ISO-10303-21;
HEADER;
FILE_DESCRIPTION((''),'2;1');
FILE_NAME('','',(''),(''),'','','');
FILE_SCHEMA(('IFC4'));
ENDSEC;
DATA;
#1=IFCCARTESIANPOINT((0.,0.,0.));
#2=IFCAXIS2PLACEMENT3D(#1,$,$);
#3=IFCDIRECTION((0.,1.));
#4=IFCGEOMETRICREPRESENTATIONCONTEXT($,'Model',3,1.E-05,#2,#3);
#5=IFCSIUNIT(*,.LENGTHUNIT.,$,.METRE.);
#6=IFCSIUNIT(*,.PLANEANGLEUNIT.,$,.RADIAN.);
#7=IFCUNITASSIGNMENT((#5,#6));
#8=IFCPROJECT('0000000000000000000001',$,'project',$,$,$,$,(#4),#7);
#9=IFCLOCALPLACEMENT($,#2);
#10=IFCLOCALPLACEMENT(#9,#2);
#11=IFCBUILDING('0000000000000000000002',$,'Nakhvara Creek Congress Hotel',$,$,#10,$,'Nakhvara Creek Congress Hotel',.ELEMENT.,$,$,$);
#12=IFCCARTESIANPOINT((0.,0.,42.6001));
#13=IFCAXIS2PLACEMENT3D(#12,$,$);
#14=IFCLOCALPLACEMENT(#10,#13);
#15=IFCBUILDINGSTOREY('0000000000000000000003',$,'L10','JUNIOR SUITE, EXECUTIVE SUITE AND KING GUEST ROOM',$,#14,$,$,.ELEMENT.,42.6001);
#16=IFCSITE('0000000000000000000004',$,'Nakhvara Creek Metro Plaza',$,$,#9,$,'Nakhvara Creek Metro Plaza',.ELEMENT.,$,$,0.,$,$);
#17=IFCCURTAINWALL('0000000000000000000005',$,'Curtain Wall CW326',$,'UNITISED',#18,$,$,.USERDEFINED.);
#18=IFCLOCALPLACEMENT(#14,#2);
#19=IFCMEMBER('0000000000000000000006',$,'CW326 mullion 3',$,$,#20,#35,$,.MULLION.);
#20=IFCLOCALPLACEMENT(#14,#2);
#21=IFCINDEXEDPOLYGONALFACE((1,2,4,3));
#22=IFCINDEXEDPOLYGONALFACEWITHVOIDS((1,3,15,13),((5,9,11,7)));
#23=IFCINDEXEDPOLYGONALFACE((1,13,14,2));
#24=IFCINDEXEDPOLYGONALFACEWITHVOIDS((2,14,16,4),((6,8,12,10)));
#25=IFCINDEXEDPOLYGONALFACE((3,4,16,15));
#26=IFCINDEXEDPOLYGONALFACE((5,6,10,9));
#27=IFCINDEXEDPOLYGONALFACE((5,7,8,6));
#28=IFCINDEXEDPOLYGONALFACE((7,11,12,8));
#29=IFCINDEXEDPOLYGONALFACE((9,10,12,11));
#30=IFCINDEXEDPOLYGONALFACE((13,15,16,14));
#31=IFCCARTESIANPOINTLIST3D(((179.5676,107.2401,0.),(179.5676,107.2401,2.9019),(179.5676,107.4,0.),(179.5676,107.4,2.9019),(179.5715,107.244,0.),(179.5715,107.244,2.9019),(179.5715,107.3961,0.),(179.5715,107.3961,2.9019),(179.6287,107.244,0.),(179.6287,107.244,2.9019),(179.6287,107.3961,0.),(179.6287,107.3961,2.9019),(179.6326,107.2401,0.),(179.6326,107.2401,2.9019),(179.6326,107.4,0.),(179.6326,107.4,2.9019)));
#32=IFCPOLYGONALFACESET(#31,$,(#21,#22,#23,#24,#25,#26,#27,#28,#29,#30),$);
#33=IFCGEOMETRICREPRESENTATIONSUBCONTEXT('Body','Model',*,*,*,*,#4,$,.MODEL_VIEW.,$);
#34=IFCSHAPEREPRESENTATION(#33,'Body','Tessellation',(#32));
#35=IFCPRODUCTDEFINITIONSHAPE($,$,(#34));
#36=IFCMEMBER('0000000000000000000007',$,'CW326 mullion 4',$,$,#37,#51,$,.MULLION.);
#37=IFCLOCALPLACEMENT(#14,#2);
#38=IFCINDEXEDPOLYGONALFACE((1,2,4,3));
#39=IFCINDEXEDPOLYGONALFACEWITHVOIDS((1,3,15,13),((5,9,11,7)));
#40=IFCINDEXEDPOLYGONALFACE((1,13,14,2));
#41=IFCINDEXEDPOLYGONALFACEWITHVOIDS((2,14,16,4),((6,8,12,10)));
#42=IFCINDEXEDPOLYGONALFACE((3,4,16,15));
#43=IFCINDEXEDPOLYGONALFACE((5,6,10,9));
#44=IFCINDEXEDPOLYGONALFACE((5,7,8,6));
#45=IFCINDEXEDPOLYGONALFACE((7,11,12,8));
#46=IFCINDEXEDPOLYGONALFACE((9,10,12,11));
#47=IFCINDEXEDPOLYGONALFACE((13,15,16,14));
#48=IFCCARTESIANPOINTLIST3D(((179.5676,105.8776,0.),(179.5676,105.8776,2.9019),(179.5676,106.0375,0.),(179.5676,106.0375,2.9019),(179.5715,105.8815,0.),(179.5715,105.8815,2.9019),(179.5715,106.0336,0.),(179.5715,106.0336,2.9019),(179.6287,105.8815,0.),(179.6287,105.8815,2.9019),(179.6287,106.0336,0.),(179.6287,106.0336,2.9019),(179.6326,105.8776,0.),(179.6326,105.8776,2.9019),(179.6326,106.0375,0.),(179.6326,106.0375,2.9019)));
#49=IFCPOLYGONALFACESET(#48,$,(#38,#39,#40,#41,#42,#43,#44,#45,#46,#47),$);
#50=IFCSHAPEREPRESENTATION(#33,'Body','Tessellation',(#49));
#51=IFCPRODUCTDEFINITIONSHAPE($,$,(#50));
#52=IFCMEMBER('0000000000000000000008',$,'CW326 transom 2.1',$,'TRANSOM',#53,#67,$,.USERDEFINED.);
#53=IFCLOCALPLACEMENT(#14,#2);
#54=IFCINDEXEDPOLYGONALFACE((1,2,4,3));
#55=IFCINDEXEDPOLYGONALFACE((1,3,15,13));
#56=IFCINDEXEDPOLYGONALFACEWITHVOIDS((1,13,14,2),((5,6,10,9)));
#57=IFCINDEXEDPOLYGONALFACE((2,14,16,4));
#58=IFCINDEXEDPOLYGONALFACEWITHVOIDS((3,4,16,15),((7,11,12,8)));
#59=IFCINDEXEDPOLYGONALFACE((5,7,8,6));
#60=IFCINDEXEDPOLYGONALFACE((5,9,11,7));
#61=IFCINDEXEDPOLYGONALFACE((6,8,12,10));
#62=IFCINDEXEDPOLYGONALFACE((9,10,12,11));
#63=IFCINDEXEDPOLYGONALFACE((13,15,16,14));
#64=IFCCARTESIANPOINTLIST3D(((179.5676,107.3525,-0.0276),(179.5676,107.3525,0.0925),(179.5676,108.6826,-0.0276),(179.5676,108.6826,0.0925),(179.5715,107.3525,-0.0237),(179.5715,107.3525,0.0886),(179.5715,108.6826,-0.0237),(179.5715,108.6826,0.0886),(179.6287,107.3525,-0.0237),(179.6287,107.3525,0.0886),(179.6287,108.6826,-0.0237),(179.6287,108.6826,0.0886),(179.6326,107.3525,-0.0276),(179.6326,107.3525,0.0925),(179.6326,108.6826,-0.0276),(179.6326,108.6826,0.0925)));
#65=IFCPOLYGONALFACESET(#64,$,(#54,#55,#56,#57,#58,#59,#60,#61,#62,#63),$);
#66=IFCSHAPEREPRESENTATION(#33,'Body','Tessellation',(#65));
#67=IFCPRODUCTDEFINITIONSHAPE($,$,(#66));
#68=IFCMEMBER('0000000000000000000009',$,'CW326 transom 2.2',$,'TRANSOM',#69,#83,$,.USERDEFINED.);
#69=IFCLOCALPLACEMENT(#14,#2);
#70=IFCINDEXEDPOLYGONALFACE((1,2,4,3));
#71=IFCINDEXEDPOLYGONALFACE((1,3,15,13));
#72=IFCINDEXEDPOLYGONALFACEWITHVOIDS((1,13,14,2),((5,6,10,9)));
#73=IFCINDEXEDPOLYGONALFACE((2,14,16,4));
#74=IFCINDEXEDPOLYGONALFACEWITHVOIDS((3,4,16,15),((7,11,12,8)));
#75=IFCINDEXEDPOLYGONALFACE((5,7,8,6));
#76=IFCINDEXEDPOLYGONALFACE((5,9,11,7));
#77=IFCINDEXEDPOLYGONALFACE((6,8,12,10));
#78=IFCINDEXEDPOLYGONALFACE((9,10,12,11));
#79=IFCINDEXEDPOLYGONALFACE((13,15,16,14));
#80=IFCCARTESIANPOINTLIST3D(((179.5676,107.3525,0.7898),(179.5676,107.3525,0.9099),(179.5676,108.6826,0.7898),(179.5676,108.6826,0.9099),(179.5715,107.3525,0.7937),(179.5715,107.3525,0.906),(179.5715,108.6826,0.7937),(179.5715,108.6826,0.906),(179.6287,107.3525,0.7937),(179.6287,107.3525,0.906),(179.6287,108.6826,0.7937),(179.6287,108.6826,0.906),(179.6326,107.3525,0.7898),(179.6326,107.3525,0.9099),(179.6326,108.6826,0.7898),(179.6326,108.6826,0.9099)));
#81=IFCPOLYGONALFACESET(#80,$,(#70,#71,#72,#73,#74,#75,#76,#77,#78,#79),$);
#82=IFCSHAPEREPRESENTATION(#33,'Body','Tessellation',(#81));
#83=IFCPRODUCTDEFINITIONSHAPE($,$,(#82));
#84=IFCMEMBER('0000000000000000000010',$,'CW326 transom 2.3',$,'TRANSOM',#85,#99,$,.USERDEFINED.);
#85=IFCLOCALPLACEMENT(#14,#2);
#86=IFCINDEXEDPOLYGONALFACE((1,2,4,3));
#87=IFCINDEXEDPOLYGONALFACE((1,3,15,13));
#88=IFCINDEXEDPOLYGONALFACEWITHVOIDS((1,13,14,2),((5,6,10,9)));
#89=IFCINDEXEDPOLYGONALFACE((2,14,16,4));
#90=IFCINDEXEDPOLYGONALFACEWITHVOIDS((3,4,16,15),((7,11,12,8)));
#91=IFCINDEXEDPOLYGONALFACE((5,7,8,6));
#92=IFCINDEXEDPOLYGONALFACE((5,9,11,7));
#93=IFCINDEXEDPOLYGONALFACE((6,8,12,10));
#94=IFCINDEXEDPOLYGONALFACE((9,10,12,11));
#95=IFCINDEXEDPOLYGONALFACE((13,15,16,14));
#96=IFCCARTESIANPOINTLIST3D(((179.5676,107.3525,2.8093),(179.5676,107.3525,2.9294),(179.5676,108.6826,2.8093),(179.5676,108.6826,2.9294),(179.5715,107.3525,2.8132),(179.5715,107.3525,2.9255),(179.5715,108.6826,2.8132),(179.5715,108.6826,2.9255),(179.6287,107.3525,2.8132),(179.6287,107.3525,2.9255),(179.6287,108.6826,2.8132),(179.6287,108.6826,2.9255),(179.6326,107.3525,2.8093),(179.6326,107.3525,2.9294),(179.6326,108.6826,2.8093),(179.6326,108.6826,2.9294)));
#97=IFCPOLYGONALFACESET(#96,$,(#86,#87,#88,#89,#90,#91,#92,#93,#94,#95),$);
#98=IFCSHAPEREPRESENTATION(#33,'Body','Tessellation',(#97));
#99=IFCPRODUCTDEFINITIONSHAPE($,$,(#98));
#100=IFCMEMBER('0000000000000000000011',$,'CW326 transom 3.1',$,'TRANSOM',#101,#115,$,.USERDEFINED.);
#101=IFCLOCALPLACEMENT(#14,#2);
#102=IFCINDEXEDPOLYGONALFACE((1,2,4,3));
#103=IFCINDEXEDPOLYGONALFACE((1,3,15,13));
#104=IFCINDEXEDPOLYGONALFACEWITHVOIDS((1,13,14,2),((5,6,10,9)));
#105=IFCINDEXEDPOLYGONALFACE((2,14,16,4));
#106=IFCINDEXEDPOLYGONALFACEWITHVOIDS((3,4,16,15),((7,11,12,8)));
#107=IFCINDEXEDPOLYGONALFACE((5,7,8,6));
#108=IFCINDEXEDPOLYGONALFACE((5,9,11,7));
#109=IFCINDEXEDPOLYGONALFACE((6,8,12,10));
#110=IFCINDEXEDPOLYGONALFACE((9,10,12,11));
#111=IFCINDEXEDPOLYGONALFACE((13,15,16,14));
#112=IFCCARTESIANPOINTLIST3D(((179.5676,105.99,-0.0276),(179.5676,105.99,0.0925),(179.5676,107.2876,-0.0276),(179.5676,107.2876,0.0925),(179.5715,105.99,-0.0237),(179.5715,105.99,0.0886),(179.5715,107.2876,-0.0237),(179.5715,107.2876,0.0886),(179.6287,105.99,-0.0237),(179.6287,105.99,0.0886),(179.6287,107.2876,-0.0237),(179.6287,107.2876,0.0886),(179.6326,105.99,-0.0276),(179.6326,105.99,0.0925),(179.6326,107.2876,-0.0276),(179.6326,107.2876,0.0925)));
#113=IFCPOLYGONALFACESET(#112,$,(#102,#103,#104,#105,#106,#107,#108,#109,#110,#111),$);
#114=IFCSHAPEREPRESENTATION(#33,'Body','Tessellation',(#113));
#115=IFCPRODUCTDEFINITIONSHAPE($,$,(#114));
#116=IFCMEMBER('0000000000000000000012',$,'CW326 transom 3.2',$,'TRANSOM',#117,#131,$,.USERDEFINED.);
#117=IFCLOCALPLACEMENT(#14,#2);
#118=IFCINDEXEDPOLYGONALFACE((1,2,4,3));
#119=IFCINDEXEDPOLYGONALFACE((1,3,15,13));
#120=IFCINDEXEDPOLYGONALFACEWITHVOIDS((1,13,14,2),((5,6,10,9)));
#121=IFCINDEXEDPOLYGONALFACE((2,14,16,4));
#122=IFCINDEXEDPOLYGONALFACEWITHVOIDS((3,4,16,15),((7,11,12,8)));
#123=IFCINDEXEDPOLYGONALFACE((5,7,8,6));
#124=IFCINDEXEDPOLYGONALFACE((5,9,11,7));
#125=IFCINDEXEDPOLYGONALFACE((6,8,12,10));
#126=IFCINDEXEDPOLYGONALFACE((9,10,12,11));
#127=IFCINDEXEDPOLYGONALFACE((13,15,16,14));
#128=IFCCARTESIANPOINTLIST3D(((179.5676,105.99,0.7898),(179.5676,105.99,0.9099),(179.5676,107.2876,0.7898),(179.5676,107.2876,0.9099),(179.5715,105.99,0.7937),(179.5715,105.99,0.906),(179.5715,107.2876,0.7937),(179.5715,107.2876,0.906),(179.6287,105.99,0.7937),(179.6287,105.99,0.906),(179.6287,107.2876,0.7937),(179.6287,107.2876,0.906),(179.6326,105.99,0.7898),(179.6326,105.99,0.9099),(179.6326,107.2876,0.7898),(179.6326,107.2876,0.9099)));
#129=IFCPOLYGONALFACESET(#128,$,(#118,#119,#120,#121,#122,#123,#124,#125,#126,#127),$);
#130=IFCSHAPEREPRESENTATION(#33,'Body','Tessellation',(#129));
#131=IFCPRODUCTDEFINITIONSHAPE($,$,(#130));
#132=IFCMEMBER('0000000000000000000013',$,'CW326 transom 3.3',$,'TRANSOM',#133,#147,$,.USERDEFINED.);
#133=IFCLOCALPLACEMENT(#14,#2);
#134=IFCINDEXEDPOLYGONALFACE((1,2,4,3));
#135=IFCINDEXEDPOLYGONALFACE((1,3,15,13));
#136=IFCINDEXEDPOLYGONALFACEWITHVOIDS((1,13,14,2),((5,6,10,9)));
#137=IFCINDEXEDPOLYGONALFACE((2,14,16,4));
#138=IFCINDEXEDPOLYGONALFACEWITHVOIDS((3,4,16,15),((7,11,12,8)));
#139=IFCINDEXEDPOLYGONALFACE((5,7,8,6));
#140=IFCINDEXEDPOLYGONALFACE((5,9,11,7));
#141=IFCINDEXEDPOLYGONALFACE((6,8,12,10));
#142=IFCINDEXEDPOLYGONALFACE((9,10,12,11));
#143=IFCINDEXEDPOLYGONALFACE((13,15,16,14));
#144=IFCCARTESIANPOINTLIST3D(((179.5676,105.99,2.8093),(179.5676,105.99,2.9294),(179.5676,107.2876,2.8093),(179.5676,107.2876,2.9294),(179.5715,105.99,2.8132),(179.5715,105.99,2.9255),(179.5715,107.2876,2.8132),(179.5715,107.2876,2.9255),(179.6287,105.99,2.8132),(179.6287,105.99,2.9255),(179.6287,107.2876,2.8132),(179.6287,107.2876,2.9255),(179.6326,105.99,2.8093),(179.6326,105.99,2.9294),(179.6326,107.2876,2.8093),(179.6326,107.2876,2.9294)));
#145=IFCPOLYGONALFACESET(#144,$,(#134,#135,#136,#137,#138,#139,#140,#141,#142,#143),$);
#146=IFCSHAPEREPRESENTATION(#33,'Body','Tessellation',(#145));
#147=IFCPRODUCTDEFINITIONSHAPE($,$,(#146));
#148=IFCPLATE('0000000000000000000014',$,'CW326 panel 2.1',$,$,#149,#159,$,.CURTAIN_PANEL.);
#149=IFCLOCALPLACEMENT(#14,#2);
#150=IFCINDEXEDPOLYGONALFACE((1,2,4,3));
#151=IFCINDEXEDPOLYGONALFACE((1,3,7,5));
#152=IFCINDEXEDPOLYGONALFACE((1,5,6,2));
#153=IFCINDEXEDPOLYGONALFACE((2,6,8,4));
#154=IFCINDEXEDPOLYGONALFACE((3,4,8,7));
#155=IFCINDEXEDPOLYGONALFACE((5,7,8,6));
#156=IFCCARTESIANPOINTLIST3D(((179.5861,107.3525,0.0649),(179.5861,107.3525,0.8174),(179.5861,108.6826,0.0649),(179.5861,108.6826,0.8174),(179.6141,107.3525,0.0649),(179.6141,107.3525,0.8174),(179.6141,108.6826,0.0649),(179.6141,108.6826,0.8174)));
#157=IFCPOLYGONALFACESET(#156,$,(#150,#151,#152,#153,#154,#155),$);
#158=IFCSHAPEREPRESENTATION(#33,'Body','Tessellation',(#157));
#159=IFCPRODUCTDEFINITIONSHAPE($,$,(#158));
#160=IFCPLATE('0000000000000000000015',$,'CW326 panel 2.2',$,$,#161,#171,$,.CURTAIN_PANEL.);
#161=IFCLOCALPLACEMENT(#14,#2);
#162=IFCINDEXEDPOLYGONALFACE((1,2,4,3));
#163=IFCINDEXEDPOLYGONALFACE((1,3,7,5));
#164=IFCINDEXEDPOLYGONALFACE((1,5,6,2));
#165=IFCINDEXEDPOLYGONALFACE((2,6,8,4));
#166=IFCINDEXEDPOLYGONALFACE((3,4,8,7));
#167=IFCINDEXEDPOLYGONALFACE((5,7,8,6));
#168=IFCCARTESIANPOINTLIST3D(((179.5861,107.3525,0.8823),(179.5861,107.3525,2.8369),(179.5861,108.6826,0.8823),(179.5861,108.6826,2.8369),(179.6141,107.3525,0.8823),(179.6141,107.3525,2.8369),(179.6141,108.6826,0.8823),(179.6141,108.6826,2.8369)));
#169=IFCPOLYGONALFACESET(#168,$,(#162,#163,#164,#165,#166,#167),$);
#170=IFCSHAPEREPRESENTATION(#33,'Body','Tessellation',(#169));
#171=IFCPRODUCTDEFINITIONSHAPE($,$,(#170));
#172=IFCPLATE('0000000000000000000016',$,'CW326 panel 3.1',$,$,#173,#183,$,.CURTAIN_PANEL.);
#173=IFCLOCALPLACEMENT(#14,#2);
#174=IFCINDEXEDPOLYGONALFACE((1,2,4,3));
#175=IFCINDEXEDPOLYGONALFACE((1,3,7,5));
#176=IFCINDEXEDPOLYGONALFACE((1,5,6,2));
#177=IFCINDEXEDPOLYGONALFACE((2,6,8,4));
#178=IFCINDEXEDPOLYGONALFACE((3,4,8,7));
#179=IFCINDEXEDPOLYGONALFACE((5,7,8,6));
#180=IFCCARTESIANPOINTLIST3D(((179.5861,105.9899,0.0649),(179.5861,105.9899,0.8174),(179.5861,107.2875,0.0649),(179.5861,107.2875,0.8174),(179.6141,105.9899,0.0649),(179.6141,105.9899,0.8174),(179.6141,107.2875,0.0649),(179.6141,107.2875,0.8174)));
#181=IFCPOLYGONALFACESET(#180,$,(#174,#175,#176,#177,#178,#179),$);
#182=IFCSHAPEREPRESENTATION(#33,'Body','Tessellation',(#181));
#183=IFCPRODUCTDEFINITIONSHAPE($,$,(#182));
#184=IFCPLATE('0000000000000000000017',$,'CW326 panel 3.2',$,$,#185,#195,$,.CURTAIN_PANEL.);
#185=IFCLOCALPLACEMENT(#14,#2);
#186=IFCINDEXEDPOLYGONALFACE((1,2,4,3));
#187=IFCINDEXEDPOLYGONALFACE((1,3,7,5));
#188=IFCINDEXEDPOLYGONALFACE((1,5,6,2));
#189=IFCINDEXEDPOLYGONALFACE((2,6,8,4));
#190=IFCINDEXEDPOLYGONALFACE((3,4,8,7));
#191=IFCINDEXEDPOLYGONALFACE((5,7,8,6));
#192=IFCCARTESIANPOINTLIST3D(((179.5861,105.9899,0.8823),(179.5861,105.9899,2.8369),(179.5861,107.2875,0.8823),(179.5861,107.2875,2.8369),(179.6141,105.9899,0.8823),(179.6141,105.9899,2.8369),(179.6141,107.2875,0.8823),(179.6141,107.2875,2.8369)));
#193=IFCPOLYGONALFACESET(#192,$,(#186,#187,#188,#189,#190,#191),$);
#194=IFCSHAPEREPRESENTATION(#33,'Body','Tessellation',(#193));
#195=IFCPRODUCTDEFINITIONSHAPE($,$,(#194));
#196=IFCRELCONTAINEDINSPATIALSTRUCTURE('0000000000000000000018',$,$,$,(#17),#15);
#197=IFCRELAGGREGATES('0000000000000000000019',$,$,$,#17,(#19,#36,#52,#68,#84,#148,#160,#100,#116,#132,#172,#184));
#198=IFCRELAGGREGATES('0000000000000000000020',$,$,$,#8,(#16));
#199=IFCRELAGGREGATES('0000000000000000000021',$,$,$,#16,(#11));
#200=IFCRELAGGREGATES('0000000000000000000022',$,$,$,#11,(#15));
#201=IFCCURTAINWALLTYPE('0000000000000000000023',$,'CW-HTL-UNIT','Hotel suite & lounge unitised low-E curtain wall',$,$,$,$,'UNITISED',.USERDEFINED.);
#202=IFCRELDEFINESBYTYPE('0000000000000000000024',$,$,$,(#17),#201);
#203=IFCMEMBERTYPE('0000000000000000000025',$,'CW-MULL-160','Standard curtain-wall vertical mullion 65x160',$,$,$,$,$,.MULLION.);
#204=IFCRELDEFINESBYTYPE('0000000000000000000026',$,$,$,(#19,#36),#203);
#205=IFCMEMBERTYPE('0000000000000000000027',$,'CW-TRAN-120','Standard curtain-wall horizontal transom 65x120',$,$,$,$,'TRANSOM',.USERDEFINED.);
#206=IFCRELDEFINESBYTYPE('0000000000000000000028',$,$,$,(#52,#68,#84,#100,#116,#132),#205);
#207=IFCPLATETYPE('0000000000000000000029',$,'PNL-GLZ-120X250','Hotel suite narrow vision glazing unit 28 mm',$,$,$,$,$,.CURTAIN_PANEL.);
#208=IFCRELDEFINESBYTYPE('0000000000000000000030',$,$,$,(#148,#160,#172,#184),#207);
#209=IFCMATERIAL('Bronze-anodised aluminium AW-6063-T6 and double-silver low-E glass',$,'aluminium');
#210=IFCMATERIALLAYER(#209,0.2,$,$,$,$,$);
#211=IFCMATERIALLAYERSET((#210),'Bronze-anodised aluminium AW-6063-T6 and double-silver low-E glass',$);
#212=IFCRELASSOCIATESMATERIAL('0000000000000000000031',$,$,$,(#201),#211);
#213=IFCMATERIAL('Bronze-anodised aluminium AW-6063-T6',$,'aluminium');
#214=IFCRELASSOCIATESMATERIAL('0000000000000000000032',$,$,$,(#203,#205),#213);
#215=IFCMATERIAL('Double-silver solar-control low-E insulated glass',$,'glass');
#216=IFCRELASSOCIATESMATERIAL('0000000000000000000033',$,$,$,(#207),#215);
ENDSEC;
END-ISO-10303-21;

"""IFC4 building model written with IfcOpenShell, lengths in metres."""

from ifc_helpers import new_model, si_unit, direction, frame, origin, origin_2d, place, context, subcontext, project, spatial, rectangle, hollow_rectangle, extrude, material, layer, layer_set, material_profile, profile_set, type_object, element, aggregate, save


model = new_model("IFC4")

# Units and contexts
model_context = context("Model", 3, precision=1e-05, world=origin(), true_north=direction((0.0, 1.0)))
body_context = subcontext(model_context, "Body", "Model", "MODEL_VIEW")
ifc_project = project(units=[si_unit("LENGTHUNIT", "METRE"), si_unit("PLANEANGLEUNIT", "RADIAN")], contexts=[model_context])

# Site, building, storey
site_placement = place(None, origin())
site = spatial("IfcSite", under=ifc_project, at=site_placement, Name="Nakhvara Creek Metro Plaza", LongName="Nakhvara Creek Metro Plaza", CompositionType="ELEMENT", RefElevation=0.0)
building_placement = place(site_placement, origin())
building = spatial("IfcBuilding", under=site, at=building_placement, Name="Nakhvara Creek Congress Hotel", LongName="Nakhvara Creek Congress Hotel", CompositionType="ELEMENT")
storey_placement = place(building_placement, frame((0.0, 0.0, 42.6001)))
storey = spatial("IfcBuildingStorey", under=building, at=storey_placement, Name="L10", Description="JUNIOR SUITE, EXECUTIVE SUITE AND KING GUEST ROOM", CompositionType="ELEMENT", Elevation=42.6001)

# Curtain wall, members, plates
ifc_material_1 = material(Name="Bronze-anodised aluminium AW-6063-T6 and double-silver low-E glass", Category="aluminium")
ifc_layer_1 = layer(ifc_material_1, 0.2)
ifc_layer_set_1 = layer_set([ifc_layer_1], Name="Bronze-anodised aluminium AW-6063-T6 and double-silver low-E glass")
curtain_wall_type = type_object("IfcCurtainWallType", Name="CW-HTL-UNIT", Description="Hotel suite & lounge unitised low-E curtain wall", ElementType="UNITISED", PredefinedType="USERDEFINED", material=ifc_layer_set_1)
curtain_wall_placement = place(storey_placement, origin())
curtain_wall = element("IfcCurtainWall", 1, at=curtain_wall_placement, inside=storey, type_object=curtain_wall_type, Name="Curtain Wall CW326", ObjectType="UNITISED", PredefinedType="USERDEFINED")
ifc_material_2 = material(Name="Bronze-anodised aluminium AW-6063-T6", Category="aluminium")
ifc_material_profile_1 = material_profile(ifc_material_2, hollow_rectangle(XDim=0.0649, YDim=0.1599, WallThickness=0.0039, at=origin_2d()), Name="ALU-MULL 65x160x4", Category="LoadBearing")
ifc_profile_set_1 = profile_set([ifc_material_profile_1], Name="Bronze-anodised aluminium AW-6063-T6")
member_type_1 = type_object("IfcMemberType", Name="CW-MULL-160", Description="Standard curtain-wall vertical mullion 65x160", PredefinedType="MULLION", material=ifc_profile_set_1)
member_1_placement = place(storey_placement, frame((179.6001, 107.3201, 0.0), z_axis=(0.0, 0.0, 1.0), x_axis=(1.0, 0.0, 0.0)))
member_1 = element("IfcMember", 2, at=member_1_placement, type_object=member_type_1, Name="CW326 mullion 3", PredefinedType="MULLION", context=body_context, shape_type="SweptSolid", body=[
    extrude(hollow_rectangle(XDim=0.0649, YDim=0.1599, WallThickness=0.0039, at=origin_2d()), origin(), (0.0, 0.0, 1.0), 2.9019),
])
member_2_placement = place(storey_placement, frame((179.6001, 105.9575, 0.0), z_axis=(0.0, 0.0, 1.0), x_axis=(1.0, 0.0, 0.0)))
member_2 = element("IfcMember", 3, at=member_2_placement, type_object=member_type_1, Name="CW326 mullion 4", PredefinedType="MULLION", context=body_context, shape_type="SweptSolid", body=[
    extrude(hollow_rectangle(XDim=0.0649, YDim=0.1599, WallThickness=0.0039, at=origin_2d()), origin(), (0.0, 0.0, 1.0), 2.9019),
])
ifc_material_profile_2 = material_profile(ifc_material_2, hollow_rectangle(XDim=0.0649, YDim=0.1201, WallThickness=0.0039, at=origin_2d()), Name="ALU-TRAN 65x120x4", Category="LoadBearing")
ifc_profile_set_2 = profile_set([ifc_material_profile_2], Name="Bronze-anodised aluminium AW-6063-T6")
member_type_2 = type_object("IfcMemberType", Name="CW-TRAN-120", Description="Standard curtain-wall horizontal transom 65x120", ElementType="TRANSOM", PredefinedType="USERDEFINED", material=ifc_profile_set_2)
member_3_placement = place(storey_placement, frame((179.6001, 108.6826, 0.0325), z_axis=(0.0, -1.0, 0.0), x_axis=(1.0, 0.0, 0.0)))
member_3 = element("IfcMember", 4, at=member_3_placement, type_object=member_type_2, Name="CW326 transom 2.1", ObjectType="TRANSOM", PredefinedType="USERDEFINED", context=body_context, shape_type="SweptSolid", body=[
    extrude(hollow_rectangle(XDim=0.0649, YDim=0.1201, WallThickness=0.0039, at=origin_2d()), origin(), (0.0, 0.0, 1.0), 1.3301),
])
member_4_placement = place(storey_placement, frame((179.6001, 108.6826, 0.8499), z_axis=(0.0, -1.0, 0.0), x_axis=(1.0, 0.0, 0.0)))
member_4 = element("IfcMember", 5, at=member_4_placement, type_object=member_type_2, Name="CW326 transom 2.2", ObjectType="TRANSOM", PredefinedType="USERDEFINED", context=body_context, shape_type="SweptSolid", body=[
    extrude(hollow_rectangle(XDim=0.0649, YDim=0.1201, WallThickness=0.0039, at=origin_2d()), origin(), (0.0, 0.0, 1.0), 1.3301),
])
member_5_placement = place(storey_placement, frame((179.6001, 108.6826, 2.8694), z_axis=(0.0, -1.0, 0.0), x_axis=(1.0, 0.0, 0.0)))
member_5 = element("IfcMember", 6, at=member_5_placement, type_object=member_type_2, Name="CW326 transom 2.3", ObjectType="TRANSOM", PredefinedType="USERDEFINED", context=body_context, shape_type="SweptSolid", body=[
    extrude(hollow_rectangle(XDim=0.0649, YDim=0.1201, WallThickness=0.0039, at=origin_2d()), origin(), (0.0, 0.0, 1.0), 1.3301),
])
member_6_placement = place(storey_placement, frame((179.6001, 107.2876, 0.0325), z_axis=(0.0, -1.0, 0.0), x_axis=(1.0, 0.0, 0.0)))
member_6 = element("IfcMember", 7, at=member_6_placement, type_object=member_type_2, Name="CW326 transom 3.1", ObjectType="TRANSOM", PredefinedType="USERDEFINED", context=body_context, shape_type="SweptSolid", body=[
    extrude(hollow_rectangle(XDim=0.0649, YDim=0.1201, WallThickness=0.0039, at=origin_2d()), origin(), (0.0, 0.0, 1.0), 1.2976),
])
member_7_placement = place(storey_placement, frame((179.6001, 107.2876, 0.8499), z_axis=(0.0, -1.0, 0.0), x_axis=(1.0, 0.0, 0.0)))
member_7 = element("IfcMember", 8, at=member_7_placement, type_object=member_type_2, Name="CW326 transom 3.2", ObjectType="TRANSOM", PredefinedType="USERDEFINED", context=body_context, shape_type="SweptSolid", body=[
    extrude(hollow_rectangle(XDim=0.0649, YDim=0.1201, WallThickness=0.0039, at=origin_2d()), origin(), (0.0, 0.0, 1.0), 1.2976),
])
member_8_placement = place(storey_placement, frame((179.6001, 107.2876, 2.8694), z_axis=(0.0, -1.0, 0.0), x_axis=(1.0, 0.0, 0.0)))
member_8 = element("IfcMember", 9, at=member_8_placement, type_object=member_type_2, Name="CW326 transom 3.3", ObjectType="TRANSOM", PredefinedType="USERDEFINED", context=body_context, shape_type="SweptSolid", body=[
    extrude(hollow_rectangle(XDim=0.0649, YDim=0.1201, WallThickness=0.0039, at=origin_2d()), origin(), (0.0, 0.0, 1.0), 1.2976),
])
ifc_material_3 = material(Name="Double-silver solar-control low-E insulated glass", Category="glass")
plate_type = type_object("IfcPlateType", Name="PNL-GLZ-120X250", Description="Hotel suite narrow vision glazing unit 28 mm", PredefinedType="CURTAIN_PANEL", material=ifc_material_3)
plate_1_placement = place(storey_placement, frame((179.6001, 108.0176, 0.0649), z_axis=(0.0, 0.0, 1.0), x_axis=(0.0, -1.0, 0.0)))
plate_1 = element("IfcPlate", 10, at=plate_1_placement, type_object=plate_type, Name="CW326 panel 2.1", PredefinedType="CURTAIN_PANEL", context=body_context, shape_type="SweptSolid", body=[
    extrude(rectangle(XDim=1.3301, YDim=0.0281, at=origin_2d()), origin(), (0.0, 0.0, 1.0), 0.7524),
])
plate_2_placement = place(storey_placement, frame((179.6001, 108.0176, 0.8823), z_axis=(0.0, 0.0, 1.0), x_axis=(0.0, -1.0, 0.0)))
plate_2 = element("IfcPlate", 11, at=plate_2_placement, type_object=plate_type, Name="CW326 panel 2.2", PredefinedType="CURTAIN_PANEL", context=body_context, shape_type="SweptSolid", body=[
    extrude(rectangle(XDim=1.3301, YDim=0.0281, at=origin_2d()), origin(), (0.0, 0.0, 1.0), 1.9546),
])
plate_3_placement = place(storey_placement, frame((179.6001, 106.6387, 0.0649), z_axis=(0.0, 0.0, 1.0), x_axis=(0.0, -1.0, 0.0)))
plate_3 = element("IfcPlate", 12, at=plate_3_placement, type_object=plate_type, Name="CW326 panel 3.1", PredefinedType="CURTAIN_PANEL", context=body_context, shape_type="SweptSolid", body=[
    extrude(rectangle(XDim=1.2976, YDim=0.0281, at=origin_2d()), origin(), (0.0, 0.0, 1.0), 0.7524),
])
plate_4_placement = place(storey_placement, frame((179.6001, 106.6387, 0.8823), z_axis=(0.0, 0.0, 1.0), x_axis=(0.0, -1.0, 0.0)))
plate_4 = element("IfcPlate", 13, at=plate_4_placement, type_object=plate_type, Name="CW326 panel 3.2", PredefinedType="CURTAIN_PANEL", context=body_context, shape_type="SweptSolid", body=[
    extrude(rectangle(XDim=1.2976, YDim=0.0281, at=origin_2d()), origin(), (0.0, 0.0, 1.0), 1.9546),
])
aggregate(curtain_wall, [member_1, member_2, member_3, member_4, member_5, plate_1, plate_2, member_6, member_7, member_8, plate_3, plate_4])

save(model, "model.ifc")
